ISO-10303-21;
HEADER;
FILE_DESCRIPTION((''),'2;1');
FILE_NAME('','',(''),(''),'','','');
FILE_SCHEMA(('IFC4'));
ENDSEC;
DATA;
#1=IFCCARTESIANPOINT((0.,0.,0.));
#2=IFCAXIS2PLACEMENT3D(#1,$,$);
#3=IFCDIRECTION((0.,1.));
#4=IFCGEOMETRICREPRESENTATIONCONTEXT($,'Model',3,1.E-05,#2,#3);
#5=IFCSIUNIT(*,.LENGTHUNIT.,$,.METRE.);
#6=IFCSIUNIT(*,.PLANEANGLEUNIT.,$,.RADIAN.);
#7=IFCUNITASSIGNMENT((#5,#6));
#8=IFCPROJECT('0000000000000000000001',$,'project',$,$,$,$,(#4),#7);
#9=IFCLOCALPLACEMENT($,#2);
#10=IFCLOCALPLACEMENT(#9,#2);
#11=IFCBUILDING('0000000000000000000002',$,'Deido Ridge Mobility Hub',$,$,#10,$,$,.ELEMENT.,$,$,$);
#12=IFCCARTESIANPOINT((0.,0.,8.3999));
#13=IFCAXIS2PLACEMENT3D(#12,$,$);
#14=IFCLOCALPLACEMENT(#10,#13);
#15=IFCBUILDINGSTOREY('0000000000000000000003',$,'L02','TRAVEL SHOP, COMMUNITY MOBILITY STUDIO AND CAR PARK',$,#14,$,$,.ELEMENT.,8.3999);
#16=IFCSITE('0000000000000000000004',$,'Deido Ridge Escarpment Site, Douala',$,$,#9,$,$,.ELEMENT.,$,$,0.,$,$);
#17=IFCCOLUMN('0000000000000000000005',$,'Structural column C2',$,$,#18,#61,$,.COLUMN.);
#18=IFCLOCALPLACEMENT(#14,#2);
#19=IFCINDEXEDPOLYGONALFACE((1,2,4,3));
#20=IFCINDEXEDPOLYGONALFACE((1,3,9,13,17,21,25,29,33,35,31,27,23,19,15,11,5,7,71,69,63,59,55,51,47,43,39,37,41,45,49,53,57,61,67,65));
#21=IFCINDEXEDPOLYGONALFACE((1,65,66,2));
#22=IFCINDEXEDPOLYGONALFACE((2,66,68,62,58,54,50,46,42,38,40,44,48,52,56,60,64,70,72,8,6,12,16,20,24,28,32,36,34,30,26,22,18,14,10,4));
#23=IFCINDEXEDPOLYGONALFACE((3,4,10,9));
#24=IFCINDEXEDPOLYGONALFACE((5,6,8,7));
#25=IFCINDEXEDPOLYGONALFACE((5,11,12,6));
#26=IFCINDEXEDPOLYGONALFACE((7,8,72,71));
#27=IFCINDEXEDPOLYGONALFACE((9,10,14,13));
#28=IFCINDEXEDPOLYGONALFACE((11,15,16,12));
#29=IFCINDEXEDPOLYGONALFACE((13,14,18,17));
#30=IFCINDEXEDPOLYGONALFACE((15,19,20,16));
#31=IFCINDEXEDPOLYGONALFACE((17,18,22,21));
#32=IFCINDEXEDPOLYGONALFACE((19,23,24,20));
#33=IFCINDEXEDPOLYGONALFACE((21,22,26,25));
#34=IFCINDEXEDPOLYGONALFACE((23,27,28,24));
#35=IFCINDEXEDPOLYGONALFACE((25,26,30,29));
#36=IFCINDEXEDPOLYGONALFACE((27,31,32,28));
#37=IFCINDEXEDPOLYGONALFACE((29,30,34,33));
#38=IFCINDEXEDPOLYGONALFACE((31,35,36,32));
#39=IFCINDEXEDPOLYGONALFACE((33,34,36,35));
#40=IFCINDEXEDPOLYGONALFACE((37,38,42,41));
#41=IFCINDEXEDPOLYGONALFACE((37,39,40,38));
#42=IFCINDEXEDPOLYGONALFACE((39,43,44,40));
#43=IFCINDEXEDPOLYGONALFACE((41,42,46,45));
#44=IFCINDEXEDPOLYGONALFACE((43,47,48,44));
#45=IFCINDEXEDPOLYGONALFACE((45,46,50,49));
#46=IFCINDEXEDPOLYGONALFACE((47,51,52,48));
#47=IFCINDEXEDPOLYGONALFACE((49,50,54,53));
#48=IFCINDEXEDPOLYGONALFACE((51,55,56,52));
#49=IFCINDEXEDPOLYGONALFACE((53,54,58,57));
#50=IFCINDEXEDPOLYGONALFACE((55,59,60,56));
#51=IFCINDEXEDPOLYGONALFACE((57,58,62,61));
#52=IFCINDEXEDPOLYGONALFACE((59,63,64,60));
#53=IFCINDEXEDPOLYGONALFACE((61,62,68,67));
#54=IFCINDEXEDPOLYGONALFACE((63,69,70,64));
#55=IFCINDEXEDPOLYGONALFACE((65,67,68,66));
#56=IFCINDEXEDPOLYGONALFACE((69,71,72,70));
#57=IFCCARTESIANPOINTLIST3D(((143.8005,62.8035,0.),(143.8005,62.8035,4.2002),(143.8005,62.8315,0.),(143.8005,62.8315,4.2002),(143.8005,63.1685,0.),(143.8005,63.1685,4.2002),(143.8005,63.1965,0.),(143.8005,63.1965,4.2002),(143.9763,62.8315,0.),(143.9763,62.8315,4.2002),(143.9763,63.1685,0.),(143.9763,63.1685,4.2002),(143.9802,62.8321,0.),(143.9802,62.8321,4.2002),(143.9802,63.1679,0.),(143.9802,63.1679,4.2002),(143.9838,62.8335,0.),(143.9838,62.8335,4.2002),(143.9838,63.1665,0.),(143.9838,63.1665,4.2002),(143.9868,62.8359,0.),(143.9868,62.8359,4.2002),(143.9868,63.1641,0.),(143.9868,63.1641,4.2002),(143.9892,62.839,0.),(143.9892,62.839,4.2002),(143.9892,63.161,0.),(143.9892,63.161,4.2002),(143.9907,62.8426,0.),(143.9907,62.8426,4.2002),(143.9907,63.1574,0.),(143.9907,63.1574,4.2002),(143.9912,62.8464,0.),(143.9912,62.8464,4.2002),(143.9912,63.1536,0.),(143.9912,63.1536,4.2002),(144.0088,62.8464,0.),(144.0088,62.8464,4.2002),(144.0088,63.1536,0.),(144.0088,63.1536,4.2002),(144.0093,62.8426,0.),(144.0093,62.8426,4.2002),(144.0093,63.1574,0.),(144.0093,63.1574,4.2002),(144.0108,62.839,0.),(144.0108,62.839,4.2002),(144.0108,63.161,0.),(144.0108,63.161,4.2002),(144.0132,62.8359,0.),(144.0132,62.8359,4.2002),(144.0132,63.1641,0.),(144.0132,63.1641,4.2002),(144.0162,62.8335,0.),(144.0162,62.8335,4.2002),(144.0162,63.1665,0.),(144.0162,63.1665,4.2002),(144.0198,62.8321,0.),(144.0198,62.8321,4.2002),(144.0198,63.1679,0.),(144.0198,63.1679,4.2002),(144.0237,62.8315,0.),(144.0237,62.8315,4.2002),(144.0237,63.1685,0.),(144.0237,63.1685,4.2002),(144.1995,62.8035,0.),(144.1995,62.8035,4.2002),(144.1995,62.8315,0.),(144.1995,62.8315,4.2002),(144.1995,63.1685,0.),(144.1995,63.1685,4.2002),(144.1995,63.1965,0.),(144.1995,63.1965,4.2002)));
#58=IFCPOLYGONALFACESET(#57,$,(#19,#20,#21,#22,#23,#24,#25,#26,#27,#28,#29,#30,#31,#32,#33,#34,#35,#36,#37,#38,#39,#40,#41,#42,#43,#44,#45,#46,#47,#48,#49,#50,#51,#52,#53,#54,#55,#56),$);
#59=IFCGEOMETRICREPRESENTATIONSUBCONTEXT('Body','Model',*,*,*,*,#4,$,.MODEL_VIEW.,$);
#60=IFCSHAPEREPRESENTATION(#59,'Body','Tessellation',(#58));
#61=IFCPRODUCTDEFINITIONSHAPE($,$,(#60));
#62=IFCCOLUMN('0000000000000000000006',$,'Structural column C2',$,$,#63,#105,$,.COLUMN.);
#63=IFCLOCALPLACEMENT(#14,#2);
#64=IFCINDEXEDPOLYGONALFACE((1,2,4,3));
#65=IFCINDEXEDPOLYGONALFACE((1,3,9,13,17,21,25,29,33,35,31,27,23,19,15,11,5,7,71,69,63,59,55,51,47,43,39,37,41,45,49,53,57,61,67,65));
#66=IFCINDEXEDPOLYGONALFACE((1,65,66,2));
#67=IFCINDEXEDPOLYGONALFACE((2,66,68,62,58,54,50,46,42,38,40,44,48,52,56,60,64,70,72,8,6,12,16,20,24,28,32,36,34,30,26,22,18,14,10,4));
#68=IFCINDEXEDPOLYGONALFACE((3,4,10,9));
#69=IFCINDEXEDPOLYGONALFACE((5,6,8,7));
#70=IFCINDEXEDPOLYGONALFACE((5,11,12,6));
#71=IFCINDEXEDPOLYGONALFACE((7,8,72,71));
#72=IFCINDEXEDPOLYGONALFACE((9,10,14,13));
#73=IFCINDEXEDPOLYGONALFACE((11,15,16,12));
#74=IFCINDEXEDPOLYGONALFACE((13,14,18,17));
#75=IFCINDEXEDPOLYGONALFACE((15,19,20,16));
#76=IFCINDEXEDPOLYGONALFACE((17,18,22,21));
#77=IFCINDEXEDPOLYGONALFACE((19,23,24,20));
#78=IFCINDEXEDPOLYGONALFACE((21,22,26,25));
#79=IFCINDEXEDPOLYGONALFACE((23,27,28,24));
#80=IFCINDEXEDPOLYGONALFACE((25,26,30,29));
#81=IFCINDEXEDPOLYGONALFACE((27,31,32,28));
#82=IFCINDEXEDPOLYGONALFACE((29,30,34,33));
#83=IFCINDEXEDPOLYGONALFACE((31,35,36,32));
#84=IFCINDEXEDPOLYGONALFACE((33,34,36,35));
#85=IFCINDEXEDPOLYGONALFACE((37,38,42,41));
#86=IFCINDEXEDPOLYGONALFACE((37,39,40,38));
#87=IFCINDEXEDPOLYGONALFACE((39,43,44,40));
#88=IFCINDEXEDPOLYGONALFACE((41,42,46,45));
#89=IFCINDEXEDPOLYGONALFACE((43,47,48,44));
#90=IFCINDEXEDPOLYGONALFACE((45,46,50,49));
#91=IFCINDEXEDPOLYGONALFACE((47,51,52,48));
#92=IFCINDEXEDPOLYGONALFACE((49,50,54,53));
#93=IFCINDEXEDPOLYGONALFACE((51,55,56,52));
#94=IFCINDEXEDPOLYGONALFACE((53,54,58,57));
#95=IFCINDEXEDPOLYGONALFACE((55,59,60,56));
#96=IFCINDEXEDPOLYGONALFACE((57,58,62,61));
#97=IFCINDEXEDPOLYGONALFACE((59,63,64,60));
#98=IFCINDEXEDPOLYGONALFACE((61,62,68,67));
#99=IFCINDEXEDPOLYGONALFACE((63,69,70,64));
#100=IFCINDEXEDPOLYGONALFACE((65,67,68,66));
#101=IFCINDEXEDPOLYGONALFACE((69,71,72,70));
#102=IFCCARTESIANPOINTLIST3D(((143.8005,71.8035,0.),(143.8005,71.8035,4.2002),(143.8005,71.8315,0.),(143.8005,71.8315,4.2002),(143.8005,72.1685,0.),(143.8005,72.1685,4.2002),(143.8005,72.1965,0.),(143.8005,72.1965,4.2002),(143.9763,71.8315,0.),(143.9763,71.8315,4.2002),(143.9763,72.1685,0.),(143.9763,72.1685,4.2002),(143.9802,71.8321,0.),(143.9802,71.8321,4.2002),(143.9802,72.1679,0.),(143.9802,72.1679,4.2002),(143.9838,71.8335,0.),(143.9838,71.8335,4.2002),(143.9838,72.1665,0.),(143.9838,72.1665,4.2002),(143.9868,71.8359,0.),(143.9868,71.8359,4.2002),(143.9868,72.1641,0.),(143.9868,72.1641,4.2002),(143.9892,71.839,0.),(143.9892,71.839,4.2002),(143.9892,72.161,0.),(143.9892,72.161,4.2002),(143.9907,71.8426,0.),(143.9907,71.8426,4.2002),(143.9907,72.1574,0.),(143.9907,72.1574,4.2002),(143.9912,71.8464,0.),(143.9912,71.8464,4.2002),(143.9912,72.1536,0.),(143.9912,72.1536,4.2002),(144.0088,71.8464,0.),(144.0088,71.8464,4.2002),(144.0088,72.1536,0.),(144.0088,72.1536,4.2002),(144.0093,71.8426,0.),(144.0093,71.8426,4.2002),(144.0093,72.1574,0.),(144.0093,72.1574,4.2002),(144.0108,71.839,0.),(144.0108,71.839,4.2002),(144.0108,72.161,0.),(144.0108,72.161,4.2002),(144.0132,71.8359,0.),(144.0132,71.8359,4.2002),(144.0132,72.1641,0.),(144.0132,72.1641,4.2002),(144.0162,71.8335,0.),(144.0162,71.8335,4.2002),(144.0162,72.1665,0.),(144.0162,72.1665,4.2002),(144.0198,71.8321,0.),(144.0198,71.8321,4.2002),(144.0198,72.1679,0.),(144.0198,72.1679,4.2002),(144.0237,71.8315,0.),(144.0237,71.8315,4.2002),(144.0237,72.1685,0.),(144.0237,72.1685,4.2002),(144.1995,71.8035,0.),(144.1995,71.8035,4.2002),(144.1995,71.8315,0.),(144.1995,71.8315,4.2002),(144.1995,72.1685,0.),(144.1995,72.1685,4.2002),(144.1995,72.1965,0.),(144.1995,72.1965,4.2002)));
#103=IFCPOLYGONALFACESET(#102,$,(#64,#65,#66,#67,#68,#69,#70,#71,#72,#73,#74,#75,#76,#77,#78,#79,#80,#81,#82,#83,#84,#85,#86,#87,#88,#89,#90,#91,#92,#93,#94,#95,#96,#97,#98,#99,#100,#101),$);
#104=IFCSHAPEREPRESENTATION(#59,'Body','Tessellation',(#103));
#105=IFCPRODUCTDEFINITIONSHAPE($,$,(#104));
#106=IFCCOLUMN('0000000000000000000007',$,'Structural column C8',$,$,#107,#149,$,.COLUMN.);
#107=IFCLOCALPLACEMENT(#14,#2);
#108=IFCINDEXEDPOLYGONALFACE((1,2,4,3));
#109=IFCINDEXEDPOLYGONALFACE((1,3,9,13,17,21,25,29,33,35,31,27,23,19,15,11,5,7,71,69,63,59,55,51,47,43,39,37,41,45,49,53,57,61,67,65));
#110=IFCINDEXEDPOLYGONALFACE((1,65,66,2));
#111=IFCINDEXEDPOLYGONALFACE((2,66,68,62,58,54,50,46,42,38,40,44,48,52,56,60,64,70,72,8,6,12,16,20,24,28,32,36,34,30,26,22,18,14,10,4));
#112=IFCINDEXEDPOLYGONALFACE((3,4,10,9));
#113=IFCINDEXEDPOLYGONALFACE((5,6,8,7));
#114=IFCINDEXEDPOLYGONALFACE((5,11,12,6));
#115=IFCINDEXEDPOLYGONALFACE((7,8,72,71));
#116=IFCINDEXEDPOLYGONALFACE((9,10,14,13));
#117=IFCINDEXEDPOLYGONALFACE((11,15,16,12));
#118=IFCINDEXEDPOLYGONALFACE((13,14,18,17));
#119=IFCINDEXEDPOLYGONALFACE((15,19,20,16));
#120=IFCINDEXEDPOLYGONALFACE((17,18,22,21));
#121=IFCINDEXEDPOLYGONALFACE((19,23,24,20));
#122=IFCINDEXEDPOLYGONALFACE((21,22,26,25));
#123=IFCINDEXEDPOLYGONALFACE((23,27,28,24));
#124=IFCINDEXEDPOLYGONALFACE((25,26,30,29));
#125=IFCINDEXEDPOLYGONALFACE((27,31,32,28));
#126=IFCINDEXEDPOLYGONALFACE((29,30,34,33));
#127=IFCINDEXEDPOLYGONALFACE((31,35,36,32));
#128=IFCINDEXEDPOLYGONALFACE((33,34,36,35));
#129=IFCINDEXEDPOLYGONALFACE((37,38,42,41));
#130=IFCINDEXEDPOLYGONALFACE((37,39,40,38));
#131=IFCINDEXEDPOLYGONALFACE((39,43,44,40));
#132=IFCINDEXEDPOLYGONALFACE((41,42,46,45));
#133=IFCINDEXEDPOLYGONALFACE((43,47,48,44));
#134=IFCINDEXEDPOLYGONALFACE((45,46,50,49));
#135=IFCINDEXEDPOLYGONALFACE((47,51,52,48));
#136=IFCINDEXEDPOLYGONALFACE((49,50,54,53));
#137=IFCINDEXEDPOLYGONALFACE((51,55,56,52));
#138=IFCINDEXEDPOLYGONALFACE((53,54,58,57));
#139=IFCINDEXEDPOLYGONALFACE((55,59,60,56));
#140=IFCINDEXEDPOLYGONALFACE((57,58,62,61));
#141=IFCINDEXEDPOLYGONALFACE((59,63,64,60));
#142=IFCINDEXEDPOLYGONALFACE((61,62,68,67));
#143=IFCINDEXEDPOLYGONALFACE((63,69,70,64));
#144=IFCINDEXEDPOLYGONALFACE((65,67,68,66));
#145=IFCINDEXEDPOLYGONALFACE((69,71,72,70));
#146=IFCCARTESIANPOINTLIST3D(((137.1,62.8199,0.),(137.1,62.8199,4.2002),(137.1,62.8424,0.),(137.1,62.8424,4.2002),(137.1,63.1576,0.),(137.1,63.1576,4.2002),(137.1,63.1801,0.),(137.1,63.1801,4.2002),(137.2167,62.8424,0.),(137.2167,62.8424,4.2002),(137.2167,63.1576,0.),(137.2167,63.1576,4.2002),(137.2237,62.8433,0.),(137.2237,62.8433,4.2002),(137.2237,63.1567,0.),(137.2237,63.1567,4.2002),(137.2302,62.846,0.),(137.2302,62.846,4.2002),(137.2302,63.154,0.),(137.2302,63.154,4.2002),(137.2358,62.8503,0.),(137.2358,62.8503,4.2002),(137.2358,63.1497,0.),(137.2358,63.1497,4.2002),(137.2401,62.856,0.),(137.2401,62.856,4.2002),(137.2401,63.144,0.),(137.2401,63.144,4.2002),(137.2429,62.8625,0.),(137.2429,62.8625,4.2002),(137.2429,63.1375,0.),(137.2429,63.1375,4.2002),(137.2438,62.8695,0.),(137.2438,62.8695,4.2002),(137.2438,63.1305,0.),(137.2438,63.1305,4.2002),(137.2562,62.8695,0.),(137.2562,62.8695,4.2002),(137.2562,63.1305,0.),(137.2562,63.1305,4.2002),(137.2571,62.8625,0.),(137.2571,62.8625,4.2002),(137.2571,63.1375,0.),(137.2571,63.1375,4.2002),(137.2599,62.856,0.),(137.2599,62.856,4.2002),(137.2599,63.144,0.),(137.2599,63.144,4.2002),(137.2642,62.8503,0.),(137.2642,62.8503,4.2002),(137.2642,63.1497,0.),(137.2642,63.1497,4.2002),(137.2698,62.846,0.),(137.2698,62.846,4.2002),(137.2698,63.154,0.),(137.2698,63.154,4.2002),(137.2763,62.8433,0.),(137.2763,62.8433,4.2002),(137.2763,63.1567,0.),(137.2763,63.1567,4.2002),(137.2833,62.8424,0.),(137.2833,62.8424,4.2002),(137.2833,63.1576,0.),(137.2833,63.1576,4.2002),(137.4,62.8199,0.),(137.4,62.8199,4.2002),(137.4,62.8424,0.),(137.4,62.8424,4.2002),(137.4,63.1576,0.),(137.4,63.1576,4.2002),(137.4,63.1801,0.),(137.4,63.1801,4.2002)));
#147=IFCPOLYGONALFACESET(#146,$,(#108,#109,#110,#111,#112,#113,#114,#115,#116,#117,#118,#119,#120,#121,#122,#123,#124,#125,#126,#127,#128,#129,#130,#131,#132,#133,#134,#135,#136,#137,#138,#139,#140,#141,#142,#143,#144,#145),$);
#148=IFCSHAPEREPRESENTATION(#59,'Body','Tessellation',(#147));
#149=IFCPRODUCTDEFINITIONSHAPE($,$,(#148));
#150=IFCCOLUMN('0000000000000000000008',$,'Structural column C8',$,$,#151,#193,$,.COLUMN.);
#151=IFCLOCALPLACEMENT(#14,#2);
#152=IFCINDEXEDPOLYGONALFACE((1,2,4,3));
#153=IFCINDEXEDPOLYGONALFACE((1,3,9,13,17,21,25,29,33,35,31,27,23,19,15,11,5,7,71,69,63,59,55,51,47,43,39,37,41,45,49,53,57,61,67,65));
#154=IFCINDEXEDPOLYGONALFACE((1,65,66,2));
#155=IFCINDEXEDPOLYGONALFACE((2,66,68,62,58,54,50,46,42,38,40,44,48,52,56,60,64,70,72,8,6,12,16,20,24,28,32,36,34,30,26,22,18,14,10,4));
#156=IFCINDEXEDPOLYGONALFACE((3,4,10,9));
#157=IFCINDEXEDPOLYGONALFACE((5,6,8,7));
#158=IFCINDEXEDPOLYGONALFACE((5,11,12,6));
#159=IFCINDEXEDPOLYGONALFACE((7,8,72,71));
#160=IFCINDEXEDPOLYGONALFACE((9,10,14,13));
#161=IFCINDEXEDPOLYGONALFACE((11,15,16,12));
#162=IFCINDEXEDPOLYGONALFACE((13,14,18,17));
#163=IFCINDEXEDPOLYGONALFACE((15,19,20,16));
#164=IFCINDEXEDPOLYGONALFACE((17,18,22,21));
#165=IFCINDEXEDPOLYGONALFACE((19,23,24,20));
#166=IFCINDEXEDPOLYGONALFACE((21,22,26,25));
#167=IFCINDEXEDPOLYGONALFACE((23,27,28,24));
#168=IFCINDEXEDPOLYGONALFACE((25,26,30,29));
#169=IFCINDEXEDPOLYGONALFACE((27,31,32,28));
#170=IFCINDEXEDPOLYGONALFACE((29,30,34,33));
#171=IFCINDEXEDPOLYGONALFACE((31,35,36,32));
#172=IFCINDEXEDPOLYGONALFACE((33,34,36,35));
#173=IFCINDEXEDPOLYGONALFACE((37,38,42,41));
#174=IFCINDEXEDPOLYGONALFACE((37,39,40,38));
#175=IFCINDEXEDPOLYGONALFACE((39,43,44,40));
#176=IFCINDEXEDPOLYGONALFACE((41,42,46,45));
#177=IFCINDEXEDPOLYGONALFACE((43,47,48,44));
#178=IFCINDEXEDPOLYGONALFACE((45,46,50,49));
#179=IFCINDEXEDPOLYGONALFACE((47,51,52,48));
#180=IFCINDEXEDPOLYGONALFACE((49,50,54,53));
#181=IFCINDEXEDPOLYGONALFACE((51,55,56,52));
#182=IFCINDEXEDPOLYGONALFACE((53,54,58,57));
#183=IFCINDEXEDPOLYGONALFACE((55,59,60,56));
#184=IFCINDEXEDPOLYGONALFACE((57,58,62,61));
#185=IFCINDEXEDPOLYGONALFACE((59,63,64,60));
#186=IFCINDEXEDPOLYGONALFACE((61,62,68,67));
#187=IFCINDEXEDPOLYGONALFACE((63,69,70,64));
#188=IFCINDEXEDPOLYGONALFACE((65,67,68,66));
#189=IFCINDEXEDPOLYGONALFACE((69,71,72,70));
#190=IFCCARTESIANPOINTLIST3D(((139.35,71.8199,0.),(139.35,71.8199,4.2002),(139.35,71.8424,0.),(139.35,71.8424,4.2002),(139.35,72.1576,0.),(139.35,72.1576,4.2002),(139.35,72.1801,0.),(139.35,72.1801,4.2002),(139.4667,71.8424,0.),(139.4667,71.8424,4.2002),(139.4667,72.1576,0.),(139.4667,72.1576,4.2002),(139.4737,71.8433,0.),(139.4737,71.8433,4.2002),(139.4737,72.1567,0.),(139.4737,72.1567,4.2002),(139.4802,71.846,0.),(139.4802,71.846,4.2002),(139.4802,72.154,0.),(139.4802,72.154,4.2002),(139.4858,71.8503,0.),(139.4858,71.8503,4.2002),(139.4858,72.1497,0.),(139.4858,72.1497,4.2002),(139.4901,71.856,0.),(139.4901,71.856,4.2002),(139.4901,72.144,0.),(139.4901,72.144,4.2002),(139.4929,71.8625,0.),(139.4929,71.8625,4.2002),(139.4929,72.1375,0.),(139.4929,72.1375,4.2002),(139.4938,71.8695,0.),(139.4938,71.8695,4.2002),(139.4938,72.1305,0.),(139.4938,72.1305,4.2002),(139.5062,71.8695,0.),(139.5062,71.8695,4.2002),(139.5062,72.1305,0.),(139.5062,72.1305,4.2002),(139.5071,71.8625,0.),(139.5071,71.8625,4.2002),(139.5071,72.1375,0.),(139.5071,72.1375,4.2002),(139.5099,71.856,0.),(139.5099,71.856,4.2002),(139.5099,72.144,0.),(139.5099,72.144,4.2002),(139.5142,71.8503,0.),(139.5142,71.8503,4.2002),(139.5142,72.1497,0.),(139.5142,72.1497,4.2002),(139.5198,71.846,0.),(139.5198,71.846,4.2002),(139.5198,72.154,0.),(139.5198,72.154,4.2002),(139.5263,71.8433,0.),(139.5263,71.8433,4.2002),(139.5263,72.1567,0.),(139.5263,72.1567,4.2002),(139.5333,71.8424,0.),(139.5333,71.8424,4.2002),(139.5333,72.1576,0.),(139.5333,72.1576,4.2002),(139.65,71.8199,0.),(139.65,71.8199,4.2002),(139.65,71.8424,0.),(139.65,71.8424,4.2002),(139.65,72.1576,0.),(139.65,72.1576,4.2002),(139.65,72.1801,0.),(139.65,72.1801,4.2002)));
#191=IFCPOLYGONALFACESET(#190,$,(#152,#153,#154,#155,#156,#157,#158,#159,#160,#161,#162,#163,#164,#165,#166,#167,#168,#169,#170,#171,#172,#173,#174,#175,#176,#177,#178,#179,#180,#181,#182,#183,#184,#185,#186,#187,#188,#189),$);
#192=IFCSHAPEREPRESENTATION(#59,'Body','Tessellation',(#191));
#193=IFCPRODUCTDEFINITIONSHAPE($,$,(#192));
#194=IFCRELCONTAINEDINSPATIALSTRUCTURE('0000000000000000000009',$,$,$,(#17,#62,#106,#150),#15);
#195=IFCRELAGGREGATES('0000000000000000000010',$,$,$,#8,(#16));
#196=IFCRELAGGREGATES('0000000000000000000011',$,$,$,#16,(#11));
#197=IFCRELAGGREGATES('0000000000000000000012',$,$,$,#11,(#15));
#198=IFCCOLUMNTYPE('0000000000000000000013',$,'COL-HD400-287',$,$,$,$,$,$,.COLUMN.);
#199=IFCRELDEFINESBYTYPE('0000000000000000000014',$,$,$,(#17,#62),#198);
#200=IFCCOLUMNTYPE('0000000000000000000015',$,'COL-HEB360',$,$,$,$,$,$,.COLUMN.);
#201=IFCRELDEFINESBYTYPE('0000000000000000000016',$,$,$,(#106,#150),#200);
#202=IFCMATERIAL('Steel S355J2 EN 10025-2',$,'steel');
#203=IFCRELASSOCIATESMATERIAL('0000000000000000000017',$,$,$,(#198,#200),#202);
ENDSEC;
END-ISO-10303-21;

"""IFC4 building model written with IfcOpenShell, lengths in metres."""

from ifc_helpers import new_model, si_unit, direction, frame, origin, origin_2d, place, context, subcontext, project, spatial, i_section, extrude, material, material_profile, profile_set, type_object, element, save


model = new_model("IFC4")

# Units and contexts
model_context = context("Model", 3, precision=1e-05, world=origin(), true_north=direction((0.0, 1.0)))
body_context = subcontext(model_context, "Body", "Model", "MODEL_VIEW")
ifc_project = project(units=[si_unit("LENGTHUNIT", "METRE"), si_unit("PLANEANGLEUNIT", "RADIAN")], contexts=[model_context])

# Site, building, storey
site_placement = place(None, origin())
site = spatial("IfcSite", under=ifc_project, at=site_placement, Name="Deido Ridge Escarpment Site, Douala", CompositionType="ELEMENT", RefElevation=0.0)
building_placement = place(site_placement, origin())
building = spatial("IfcBuilding", under=site, at=building_placement, Name="Deido Ridge Mobility Hub", CompositionType="ELEMENT")
storey_placement = place(building_placement, frame((0.0, 0.0, 8.3999)))
storey = spatial("IfcBuildingStorey", under=building, at=storey_placement, Name="L02", Description="TRAVEL SHOP, COMMUNITY MOBILITY STUDIO AND CAR PARK", CompositionType="ELEMENT", Elevation=8.3999)

# Columns
ifc_material_1 = material(Name="Steel S355J2 EN 10025-2", Category="steel")
ifc_material_profile_1 = material_profile(ifc_material_1, i_section(OverallWidth=0.3989, OverallDepth=0.3931, WebThickness=0.0176, FlangeThickness=0.0281, FilletRadius=0.0149, at=origin_2d()), Name="HD 400x287")
ifc_profile_set_1 = profile_set([ifc_material_profile_1], Name="Steel S355J2 EN 10025-2")
column_type_1 = type_object("IfcColumnType", Name="COL-HD400-287", PredefinedType="COLUMN", material=ifc_profile_set_1)
for number, where, z_axis, x_axis, name in (
    (1, (144.0, 63.0, 0.0), (0.0, 0.0, 1.0), (1.0, 0.0, 0.0), "Structural column C2"),
    (2, (144.0, 72.0, 0.0), (0.0, 0.0, 1.0), (1.0, 0.0, 0.0), "Structural column C2"),
):
    element("IfcColumn", number, at=place(storey_placement, frame(where, z_axis=z_axis, x_axis=x_axis)), inside=storey, type_object=column_type_1, Name=name, PredefinedType="COLUMN", context=body_context, shape_type="SweptSolid", body=[
        extrude(i_section(OverallWidth=0.3989, OverallDepth=0.3931, WebThickness=0.0176, FlangeThickness=0.0281, FilletRadius=0.0149, at=origin_2d()), origin(), (0.0, 0.0, 1.0), 4.2002),
    ])
ifc_material_profile_2 = material_profile(ifc_material_1, i_section(OverallWidth=0.3, OverallDepth=0.3601, WebThickness=0.0125, FlangeThickness=0.0225, FilletRadius=0.0271, at=origin_2d()), Name="HEB 360")
ifc_profile_set_2 = profile_set([ifc_material_profile_2], Name="Steel S355J2 EN 10025-2")
column_type_2 = type_object("IfcColumnType", Name="COL-HEB360", PredefinedType="COLUMN", material=ifc_profile_set_2)
for number, where, z_axis, x_axis, name in (
    (3, (137.25, 63.0, 0.0), (0.0, 0.0, 1.0), (1.0, 0.0, 0.0), "Structural column C8"),
    (4, (139.5, 72.0, 0.0), (0.0, 0.0, 1.0), (1.0, 0.0, 0.0), "Structural column C8"),
):
    element("IfcColumn", number, at=place(storey_placement, frame(where, z_axis=z_axis, x_axis=x_axis)), inside=storey, type_object=column_type_2, Name=name, PredefinedType="COLUMN", context=body_context, shape_type="SweptSolid", body=[
        extrude(i_section(OverallWidth=0.3, OverallDepth=0.3601, WebThickness=0.0125, FlangeThickness=0.0225, FilletRadius=0.0271, at=origin_2d()), origin(), (0.0, 0.0, 1.0), 4.2002),
    ])

save(model, "model.ifc")
